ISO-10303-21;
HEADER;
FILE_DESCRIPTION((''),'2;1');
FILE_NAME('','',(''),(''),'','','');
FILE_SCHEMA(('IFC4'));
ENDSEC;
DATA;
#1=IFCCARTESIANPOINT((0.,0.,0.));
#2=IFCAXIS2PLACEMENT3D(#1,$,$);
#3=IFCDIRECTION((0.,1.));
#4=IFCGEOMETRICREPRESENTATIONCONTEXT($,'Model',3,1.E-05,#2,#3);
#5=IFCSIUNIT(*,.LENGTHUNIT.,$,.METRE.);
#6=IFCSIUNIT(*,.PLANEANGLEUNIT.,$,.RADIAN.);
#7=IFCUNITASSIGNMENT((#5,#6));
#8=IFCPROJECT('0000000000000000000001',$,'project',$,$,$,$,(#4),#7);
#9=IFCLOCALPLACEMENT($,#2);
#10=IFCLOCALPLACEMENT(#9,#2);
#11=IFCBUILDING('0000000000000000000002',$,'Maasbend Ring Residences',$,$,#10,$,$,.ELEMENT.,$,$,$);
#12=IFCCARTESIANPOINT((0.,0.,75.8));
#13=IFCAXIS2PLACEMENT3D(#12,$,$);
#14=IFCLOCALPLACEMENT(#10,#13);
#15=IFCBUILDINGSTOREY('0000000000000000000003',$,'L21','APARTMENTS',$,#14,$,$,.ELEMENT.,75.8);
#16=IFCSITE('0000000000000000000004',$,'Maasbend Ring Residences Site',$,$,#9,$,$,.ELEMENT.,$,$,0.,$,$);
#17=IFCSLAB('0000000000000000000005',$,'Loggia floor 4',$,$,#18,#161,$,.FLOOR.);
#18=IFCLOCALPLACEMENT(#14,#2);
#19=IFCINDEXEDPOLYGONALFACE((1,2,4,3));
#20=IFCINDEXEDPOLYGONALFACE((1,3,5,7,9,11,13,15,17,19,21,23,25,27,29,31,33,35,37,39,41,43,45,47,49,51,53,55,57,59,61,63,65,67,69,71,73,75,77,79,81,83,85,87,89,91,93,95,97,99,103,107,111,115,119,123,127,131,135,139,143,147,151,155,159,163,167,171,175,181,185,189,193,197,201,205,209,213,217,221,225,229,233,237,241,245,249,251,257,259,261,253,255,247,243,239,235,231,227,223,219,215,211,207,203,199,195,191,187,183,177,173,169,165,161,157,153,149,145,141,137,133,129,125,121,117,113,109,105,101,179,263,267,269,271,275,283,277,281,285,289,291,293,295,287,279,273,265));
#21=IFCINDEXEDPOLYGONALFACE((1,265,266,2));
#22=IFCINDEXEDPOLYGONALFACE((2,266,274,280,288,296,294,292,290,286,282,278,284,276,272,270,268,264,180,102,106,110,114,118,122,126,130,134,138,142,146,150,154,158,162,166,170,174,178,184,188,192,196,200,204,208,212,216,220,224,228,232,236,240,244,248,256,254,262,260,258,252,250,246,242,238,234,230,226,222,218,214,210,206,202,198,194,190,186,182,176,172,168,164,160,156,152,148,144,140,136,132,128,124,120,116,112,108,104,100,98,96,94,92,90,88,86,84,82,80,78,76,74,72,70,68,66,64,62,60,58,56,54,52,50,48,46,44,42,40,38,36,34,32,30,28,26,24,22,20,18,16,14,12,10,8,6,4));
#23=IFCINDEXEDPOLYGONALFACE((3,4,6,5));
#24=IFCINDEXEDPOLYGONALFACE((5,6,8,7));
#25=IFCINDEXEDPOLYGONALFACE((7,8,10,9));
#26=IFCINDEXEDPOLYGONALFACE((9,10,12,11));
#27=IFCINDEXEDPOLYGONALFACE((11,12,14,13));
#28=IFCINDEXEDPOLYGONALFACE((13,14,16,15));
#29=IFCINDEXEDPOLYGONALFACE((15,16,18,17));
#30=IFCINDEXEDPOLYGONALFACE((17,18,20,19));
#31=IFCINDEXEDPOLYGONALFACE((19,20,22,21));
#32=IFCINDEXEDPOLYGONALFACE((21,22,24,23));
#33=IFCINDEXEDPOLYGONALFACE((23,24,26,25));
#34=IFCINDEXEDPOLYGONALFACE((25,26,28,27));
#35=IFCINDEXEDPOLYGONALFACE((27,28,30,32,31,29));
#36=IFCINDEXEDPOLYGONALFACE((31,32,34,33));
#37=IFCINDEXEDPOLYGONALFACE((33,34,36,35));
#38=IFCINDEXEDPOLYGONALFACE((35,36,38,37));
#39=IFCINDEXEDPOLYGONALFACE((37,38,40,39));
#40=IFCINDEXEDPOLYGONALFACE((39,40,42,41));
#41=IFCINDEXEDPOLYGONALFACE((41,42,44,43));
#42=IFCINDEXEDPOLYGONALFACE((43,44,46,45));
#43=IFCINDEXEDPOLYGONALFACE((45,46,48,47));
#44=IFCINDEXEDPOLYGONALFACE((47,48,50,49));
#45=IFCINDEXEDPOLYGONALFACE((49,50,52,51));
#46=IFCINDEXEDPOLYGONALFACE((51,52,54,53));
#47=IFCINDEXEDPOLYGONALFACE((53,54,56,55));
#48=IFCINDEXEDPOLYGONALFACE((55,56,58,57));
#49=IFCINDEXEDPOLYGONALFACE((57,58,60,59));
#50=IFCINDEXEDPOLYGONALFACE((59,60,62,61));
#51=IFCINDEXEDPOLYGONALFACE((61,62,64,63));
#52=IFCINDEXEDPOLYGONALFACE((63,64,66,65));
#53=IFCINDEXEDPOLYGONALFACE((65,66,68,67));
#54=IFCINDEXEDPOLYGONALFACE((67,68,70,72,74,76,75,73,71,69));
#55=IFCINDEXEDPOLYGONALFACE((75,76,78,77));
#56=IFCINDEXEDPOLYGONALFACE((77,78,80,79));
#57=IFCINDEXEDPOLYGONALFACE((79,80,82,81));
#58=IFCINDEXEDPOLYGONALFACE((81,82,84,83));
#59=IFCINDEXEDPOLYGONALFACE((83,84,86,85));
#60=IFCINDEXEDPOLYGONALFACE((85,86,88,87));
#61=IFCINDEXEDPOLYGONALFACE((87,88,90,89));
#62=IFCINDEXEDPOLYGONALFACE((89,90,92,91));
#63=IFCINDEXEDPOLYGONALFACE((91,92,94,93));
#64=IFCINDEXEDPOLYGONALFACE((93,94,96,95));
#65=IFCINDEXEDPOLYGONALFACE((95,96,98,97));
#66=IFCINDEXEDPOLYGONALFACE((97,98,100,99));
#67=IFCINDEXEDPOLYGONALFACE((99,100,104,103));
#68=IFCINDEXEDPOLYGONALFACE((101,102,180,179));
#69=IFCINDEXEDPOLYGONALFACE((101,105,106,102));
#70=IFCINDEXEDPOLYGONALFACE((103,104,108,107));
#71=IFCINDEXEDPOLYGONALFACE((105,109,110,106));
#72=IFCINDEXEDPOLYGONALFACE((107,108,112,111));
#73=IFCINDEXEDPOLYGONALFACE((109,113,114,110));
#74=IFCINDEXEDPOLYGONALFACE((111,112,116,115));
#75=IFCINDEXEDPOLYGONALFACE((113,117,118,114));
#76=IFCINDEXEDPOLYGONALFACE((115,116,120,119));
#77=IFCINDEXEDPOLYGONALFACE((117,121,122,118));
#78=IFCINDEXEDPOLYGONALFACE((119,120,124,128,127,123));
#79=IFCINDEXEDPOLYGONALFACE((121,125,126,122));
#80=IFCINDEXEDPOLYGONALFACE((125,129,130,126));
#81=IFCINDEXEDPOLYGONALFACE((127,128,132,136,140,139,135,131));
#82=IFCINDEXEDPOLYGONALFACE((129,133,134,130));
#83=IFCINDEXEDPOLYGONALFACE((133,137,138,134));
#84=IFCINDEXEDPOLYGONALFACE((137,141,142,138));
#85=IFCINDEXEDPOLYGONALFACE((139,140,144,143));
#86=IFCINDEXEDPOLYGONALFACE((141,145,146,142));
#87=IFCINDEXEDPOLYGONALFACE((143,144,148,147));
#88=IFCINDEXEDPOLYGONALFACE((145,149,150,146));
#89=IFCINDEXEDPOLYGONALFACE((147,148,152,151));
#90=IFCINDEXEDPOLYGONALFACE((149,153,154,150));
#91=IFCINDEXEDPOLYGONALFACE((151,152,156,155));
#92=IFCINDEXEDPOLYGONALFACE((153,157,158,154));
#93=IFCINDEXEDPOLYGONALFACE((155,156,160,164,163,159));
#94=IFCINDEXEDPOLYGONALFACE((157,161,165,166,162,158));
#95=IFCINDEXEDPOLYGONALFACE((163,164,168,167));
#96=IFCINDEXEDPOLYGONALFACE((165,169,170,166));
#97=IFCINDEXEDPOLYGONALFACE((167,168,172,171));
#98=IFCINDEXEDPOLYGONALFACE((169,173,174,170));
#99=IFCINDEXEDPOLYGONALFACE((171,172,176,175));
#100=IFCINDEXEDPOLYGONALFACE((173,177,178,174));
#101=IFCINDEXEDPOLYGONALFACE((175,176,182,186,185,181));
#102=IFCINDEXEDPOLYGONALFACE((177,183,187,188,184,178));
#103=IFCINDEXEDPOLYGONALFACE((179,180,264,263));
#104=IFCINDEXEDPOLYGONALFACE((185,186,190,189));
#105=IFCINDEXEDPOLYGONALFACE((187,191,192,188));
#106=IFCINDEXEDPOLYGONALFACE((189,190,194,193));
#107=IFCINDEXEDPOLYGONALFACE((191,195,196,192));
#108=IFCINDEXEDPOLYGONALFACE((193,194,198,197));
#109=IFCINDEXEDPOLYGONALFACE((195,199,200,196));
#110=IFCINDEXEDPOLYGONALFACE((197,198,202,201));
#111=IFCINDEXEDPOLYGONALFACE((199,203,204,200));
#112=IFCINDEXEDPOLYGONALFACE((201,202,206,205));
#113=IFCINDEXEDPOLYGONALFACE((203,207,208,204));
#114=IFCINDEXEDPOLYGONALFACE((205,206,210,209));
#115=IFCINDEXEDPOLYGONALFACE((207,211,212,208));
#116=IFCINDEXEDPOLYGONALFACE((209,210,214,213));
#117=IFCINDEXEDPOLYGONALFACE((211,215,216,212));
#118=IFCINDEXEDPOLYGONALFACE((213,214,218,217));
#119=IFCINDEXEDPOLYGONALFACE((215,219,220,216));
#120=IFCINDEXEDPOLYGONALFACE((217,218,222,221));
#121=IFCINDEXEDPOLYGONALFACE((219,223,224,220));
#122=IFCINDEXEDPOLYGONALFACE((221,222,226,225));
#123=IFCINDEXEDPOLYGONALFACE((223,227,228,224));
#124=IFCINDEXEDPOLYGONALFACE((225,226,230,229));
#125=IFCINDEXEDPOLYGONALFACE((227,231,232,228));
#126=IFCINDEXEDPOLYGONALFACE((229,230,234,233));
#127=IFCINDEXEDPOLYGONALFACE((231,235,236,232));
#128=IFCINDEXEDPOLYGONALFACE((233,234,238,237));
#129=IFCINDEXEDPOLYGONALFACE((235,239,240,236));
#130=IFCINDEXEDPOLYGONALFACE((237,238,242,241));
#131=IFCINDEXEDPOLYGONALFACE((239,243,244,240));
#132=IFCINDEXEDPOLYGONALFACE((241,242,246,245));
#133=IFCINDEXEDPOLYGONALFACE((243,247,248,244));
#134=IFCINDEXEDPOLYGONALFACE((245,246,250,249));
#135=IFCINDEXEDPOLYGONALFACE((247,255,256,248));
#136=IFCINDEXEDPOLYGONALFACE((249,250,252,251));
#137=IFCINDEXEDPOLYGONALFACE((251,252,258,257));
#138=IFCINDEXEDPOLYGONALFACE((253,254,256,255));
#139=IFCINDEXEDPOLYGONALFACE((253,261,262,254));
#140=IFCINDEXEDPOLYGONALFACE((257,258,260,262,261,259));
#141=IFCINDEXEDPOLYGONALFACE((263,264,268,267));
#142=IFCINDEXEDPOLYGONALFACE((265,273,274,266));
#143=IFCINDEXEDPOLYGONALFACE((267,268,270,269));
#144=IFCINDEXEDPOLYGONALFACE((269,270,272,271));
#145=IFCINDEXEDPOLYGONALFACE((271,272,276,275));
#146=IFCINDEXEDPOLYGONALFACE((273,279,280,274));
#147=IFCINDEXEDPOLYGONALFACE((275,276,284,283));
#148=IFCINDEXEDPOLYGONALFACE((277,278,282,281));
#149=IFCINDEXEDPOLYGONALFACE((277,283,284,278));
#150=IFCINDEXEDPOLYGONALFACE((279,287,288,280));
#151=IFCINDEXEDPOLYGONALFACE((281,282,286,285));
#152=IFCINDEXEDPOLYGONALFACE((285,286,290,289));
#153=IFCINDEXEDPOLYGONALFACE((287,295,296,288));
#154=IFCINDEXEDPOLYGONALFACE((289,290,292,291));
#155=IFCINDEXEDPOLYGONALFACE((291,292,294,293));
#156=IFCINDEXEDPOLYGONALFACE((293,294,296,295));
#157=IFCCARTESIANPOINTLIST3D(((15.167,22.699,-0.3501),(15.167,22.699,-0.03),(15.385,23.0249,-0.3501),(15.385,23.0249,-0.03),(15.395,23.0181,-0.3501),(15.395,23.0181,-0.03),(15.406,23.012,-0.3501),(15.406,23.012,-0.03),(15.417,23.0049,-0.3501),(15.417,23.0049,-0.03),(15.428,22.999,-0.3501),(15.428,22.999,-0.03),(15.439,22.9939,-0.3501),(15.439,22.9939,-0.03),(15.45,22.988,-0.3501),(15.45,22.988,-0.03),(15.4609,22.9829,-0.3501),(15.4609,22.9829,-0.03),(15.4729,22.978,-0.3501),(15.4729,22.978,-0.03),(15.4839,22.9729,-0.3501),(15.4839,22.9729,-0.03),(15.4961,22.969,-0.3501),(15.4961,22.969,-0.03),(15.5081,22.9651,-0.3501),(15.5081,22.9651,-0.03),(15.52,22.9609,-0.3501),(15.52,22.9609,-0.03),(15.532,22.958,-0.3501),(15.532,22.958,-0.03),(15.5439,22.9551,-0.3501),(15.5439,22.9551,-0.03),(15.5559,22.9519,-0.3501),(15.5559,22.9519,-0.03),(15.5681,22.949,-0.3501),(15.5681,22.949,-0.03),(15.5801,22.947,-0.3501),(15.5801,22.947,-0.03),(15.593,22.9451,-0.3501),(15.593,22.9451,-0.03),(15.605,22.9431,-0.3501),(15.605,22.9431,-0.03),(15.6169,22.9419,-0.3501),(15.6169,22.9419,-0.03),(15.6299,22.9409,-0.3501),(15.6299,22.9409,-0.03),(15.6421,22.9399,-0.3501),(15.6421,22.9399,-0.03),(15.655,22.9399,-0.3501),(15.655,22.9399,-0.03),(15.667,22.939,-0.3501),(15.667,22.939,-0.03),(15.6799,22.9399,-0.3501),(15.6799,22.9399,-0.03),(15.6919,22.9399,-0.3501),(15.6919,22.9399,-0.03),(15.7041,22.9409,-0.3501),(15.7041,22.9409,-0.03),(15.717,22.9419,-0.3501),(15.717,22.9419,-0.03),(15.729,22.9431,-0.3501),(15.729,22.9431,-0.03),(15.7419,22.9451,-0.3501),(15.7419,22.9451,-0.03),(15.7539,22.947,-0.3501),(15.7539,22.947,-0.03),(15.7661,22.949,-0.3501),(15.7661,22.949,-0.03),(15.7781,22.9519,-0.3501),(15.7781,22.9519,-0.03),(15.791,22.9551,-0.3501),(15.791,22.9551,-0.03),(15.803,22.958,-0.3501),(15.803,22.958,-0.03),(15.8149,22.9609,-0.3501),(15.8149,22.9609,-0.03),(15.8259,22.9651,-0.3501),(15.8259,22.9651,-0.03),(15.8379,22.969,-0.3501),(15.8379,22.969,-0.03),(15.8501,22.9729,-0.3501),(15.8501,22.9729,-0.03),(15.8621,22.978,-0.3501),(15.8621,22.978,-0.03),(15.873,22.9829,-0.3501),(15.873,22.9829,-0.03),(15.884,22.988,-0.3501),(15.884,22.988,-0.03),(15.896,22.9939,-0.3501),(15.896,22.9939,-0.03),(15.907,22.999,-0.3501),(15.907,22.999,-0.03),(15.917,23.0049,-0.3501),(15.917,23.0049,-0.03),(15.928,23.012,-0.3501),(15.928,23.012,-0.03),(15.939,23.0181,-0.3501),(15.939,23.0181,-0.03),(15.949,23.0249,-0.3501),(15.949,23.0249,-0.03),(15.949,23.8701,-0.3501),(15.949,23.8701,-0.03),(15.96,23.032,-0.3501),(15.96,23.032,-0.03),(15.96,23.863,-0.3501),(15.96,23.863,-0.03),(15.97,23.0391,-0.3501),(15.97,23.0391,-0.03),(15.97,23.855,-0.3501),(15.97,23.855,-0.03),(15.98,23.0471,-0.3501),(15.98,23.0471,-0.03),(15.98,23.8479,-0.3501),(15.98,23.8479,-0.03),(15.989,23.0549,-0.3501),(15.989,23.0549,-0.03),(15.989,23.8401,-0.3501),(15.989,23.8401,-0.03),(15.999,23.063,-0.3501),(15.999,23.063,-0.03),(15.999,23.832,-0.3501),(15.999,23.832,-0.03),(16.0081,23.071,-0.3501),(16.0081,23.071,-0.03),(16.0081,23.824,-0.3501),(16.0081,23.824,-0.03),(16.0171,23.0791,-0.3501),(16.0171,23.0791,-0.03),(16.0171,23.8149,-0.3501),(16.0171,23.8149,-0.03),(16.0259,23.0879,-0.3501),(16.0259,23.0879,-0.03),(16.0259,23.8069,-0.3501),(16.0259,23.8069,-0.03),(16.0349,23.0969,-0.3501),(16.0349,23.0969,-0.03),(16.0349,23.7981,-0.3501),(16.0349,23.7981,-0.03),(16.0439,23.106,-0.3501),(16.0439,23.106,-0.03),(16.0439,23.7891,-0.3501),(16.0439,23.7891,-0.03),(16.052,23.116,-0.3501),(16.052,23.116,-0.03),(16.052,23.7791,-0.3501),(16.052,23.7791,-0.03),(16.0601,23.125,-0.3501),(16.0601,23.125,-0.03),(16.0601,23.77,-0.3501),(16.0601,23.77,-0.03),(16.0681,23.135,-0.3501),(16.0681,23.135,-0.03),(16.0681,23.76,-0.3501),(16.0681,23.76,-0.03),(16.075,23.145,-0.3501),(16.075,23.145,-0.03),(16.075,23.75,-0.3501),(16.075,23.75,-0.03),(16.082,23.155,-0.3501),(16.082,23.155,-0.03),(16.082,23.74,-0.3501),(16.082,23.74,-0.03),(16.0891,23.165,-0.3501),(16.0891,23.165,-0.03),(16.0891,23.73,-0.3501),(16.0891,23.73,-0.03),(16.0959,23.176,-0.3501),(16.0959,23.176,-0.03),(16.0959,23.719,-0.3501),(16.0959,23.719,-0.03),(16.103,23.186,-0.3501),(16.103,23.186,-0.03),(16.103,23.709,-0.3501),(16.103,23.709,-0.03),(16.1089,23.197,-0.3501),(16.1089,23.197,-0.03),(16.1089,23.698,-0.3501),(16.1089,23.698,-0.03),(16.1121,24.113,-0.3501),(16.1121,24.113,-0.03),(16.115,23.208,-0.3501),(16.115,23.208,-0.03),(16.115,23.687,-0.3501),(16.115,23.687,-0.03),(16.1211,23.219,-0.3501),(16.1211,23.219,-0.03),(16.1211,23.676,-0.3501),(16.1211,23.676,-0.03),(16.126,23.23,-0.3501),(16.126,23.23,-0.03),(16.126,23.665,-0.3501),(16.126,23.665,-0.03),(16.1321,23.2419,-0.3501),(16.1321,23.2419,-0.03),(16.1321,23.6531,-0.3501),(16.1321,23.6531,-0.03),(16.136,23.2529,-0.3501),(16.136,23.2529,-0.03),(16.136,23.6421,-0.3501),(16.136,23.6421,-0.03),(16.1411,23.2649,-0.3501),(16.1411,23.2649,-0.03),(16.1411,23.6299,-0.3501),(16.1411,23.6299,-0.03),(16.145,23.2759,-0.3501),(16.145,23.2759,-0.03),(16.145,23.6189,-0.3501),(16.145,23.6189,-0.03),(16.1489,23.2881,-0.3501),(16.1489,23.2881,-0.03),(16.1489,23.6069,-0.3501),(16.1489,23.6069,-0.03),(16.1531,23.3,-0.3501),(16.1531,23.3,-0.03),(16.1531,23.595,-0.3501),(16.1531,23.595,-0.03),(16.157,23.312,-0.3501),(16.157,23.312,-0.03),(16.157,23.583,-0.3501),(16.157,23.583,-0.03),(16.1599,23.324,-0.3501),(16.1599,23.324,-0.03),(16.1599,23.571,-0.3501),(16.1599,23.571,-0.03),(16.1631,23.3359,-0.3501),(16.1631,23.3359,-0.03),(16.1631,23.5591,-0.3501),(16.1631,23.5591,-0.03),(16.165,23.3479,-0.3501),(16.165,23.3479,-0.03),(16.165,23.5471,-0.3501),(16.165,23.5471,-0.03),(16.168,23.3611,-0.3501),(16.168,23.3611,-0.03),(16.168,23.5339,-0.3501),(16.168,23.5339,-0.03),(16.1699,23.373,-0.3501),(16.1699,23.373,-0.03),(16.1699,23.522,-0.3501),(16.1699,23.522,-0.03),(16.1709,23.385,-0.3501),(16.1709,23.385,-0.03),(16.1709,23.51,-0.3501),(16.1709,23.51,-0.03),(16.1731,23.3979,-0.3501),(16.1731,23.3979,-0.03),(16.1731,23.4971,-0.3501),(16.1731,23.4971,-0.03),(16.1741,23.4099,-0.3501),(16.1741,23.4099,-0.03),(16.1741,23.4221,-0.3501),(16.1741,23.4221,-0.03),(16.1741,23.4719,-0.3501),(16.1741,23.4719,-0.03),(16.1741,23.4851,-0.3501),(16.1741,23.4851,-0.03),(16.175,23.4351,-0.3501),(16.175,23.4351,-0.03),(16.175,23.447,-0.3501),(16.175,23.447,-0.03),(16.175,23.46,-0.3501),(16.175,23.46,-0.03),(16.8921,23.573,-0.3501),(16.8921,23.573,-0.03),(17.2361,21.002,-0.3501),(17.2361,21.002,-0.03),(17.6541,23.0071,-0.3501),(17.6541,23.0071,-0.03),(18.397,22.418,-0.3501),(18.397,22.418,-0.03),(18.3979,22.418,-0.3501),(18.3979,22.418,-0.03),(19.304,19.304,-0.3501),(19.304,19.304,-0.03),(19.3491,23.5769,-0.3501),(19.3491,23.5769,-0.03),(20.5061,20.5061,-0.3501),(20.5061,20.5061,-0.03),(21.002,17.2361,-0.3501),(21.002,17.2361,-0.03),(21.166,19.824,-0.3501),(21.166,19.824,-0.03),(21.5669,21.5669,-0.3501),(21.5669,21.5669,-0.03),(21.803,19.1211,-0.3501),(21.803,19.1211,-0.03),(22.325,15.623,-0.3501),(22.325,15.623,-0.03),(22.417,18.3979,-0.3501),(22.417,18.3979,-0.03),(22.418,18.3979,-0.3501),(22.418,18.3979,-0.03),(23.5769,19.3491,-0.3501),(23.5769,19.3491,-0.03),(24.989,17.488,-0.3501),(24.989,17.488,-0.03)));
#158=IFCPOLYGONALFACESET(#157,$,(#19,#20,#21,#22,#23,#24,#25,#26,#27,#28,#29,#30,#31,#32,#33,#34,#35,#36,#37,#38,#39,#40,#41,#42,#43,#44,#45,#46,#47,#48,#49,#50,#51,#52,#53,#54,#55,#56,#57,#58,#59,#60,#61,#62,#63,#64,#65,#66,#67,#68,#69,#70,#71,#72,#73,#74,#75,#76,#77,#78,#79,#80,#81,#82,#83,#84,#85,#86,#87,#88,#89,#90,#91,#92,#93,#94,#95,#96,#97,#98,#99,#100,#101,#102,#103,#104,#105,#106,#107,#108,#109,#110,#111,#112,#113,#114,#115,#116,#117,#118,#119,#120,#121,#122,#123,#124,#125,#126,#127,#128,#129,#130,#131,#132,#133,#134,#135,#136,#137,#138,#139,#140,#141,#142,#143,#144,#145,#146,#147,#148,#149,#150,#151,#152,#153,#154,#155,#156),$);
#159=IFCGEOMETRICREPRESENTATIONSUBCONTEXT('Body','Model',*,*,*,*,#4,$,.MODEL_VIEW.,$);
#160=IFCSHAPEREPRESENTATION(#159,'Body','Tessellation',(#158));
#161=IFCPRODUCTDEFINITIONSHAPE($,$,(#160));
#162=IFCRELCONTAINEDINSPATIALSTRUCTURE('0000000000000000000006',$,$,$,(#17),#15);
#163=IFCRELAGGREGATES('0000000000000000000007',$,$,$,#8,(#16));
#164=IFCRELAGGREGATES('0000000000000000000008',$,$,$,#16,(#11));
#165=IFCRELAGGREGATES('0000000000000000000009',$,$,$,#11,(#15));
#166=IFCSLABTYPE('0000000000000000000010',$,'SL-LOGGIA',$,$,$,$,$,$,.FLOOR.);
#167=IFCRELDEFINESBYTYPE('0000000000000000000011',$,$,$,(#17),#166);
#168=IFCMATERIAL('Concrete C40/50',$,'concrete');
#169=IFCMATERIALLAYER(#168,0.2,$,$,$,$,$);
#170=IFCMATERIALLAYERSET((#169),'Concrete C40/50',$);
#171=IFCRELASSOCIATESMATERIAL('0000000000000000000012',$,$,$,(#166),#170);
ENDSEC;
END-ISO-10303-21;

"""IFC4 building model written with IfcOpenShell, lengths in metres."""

from ifc_helpers import new_model, si_unit, direction, frame, origin, place, context, subcontext, project, spatial, polyline, outline, extrude, material, layer, layer_set, type_object, element, save


model = new_model("IFC4")

# Units and contexts
model_context = context("Model", 3, precision=1e-05, world=origin(), true_north=direction((0.0, 1.0)))
body_context = subcontext(model_context, "Body", "Model", "MODEL_VIEW")
ifc_project = project(units=[si_unit("LENGTHUNIT", "METRE"), si_unit("PLANEANGLEUNIT", "RADIAN")], contexts=[model_context])

# Site, building, storey
site_placement = place(None, origin())
site = spatial("IfcSite", under=ifc_project, at=site_placement, Name="Maasbend Ring Residences Site", CompositionType="ELEMENT", RefElevation=0.0)
building_placement = place(site_placement, origin())
building = spatial("IfcBuilding", under=site, at=building_placement, Name="Maasbend Ring Residences", CompositionType="ELEMENT")
storey_placement = place(building_placement, frame((0.0, 0.0, 75.8)))
storey = spatial("IfcBuildingStorey", under=building, at=storey_placement, Name="L21", Description="APARTMENTS", CompositionType="ELEMENT", Elevation=75.8)

# Slab
ifc_material_1 = material(Name="Concrete C40/50", Category="concrete")
ifc_layer_1 = layer(ifc_material_1, 0.2)
ifc_layer_set_1 = layer_set([ifc_layer_1], Name="Concrete C40/50")
slab_type_1 = type_object("IfcSlabType", Name="SL-LOGGIA", PredefinedType="FLOOR", material=ifc_layer_set_1)
slab_1_placement = place(storey_placement, frame((0.0, 0.0, -0.3501)))
element("IfcSlab", 1, at=slab_1_placement, inside=storey, type_object=slab_type_1, Name="Loggia floor 4", PredefinedType="FLOOR", context=body_context, shape_type="SweptSolid", body=[
    extrude(outline(polyline([(15.406, 23.012), (15.417, 23.0049), (15.428, 22.999), (15.439, 22.9939), (15.45, 22.988), (15.4609, 22.9829), (15.4729, 22.978), (15.4839, 22.9729), (15.4961, 22.969), (15.5081, 22.9651), (15.52, 22.9609), (15.532, 22.958), (15.5439, 22.9551), (15.5559, 22.9519), (15.5681, 22.949), (15.5801, 22.947), (15.593, 22.9451), (15.605, 22.9431), (15.6169, 22.9419), (15.6299, 22.9409), (15.6421, 22.9399), (15.655, 22.9399), (15.667, 22.939), (15.6799, 22.9399), (15.6919, 22.9399), (15.7041, 22.9409), (15.717, 22.9419), (15.729, 22.9431), (15.7419, 22.9451), (15.7539, 22.947), (15.7661, 22.949), (15.7781, 22.9519), (15.791, 22.9551), (15.803, 22.958), (15.8149, 22.9609), (15.8259, 22.9651), (15.8379, 22.969), (15.8501, 22.9729), (15.8621, 22.978), (15.873, 22.9829), (15.884, 22.988), (15.896, 22.9939), (15.907, 22.999), (15.917, 23.0049), (15.928, 23.012), (15.939, 23.0181), (15.949, 23.0249), (15.96, 23.032), (15.97, 23.0391), (15.98, 23.0471), (15.989, 23.0549), (15.999, 23.063), (16.0081, 23.071), (16.0171, 23.0791), (16.0259, 23.0879), (16.0349, 23.0969), (16.0439, 23.106), (16.052, 23.116), (16.0601, 23.125), (16.0681, 23.135), (16.075, 23.145), (16.082, 23.155), (16.0891, 23.165), (16.0959, 23.176), (16.103, 23.186), (16.1089, 23.197), (16.115, 23.208), (16.1211, 23.219), (16.126, 23.23), (16.1321, 23.2419), (16.136, 23.2529), (16.1411, 23.2649), (16.145, 23.2759), (16.1489, 23.2881), (16.1531, 23.3), (16.157, 23.312), (16.1599, 23.324), (16.1631, 23.3359), (16.165, 23.3479), (16.168, 23.3611), (16.1699, 23.373), (16.1709, 23.385), (16.1731, 23.3979), (16.1741, 23.4099), (16.1741, 23.4221), (16.175, 23.4351), (16.175, 23.447), (16.175, 23.46), (16.1741, 23.4719), (16.1741, 23.4851), (16.1731, 23.4971), (16.1709, 23.51), (16.1699, 23.522), (16.168, 23.5339), (16.165, 23.5471), (16.1631, 23.5591), (16.1599, 23.571), (16.157, 23.583), (16.1531, 23.595), (16.1489, 23.6069), (16.145, 23.6189), (16.1411, 23.6299), (16.136, 23.6421), (16.1321, 23.6531), (16.126, 23.665), (16.1211, 23.676), (16.115, 23.687), (16.1089, 23.698), (16.103, 23.709), (16.0959, 23.719), (16.0891, 23.73), (16.082, 23.74), (16.075, 23.75), (16.0681, 23.76), (16.0601, 23.77), (16.052, 23.7791), (16.0439, 23.7891), (16.0349, 23.7981), (16.0259, 23.8069), (16.0171, 23.8149), (16.0081, 23.824), (15.999, 23.832), (15.989, 23.8401), (15.98, 23.8479), (15.97, 23.855), (15.96, 23.863), (15.949, 23.8701), (15.949, 23.8701), (16.1121, 24.113), (16.1121, 24.113), (16.1121, 24.113), (16.8921, 23.573), (16.8921, 23.573), (17.6541, 23.0071), (17.6541, 23.0071), (18.397, 22.418), (18.397, 22.418), (18.397, 22.418), (18.397, 22.418), (18.397, 22.418), (18.397, 22.418), (18.397, 22.418), (18.397, 22.418), (18.397, 22.418), (18.397, 22.418), (18.397, 22.418), (18.3979, 22.418), (18.3979, 22.418), (18.3979, 22.418), (18.3979, 22.418), (18.3979, 22.418), (18.3979, 22.418), (19.3491, 23.5769), (19.3491, 23.5769), (19.3491, 23.5769), (21.5669, 21.5669), (21.5669, 21.5669), (21.5669, 21.5669), (20.5061, 20.5061), (20.5061, 20.5061), (20.5061, 20.5061), (20.5061, 20.5061), (20.5061, 20.5061), (20.5061, 20.5061), (20.5061, 20.5061), (20.5061, 20.5061), (20.5061, 20.5061), (20.5061, 20.5061), (20.5061, 20.5061), (20.5061, 20.5061), (20.5061, 20.5061), (20.5061, 20.5061), (20.5061, 20.5061), (20.5061, 20.5061), (20.5061, 20.5061), (21.166, 19.824), (21.166, 19.824), (21.803, 19.1211), (21.803, 19.1211), (22.417, 18.3979), (22.417, 18.3979), (22.417, 18.3979), (22.417, 18.3979), (22.417, 18.3979), (22.417, 18.3979), (22.417, 18.3979), (22.417, 18.3979), (22.417, 18.3979), (22.417, 18.3979), (22.417, 18.3979), (22.417, 18.3979), (22.418, 18.3979), (22.418, 18.3979), (22.418, 18.3979), (22.418, 18.3979), (22.418, 18.3979), (23.5769, 19.3491), (23.5769, 19.3491), (23.5769, 19.3491), (24.989, 17.488), (24.989, 17.488), (24.989, 17.488), (22.325, 15.623), (22.325, 15.623), (22.325, 15.623), (21.002, 17.2361), (19.304, 19.304), (19.304, 19.304), (19.304, 19.304), (17.2361, 21.002), (15.167, 22.699), (15.167, 22.699), (15.167, 22.699), (15.385, 23.0249), (15.385, 23.0249), (15.395, 23.0181), (15.406, 23.012)])), origin(), (0.0, 0.0, 1.0), 0.3201),
])

save(model, "model.ifc")
